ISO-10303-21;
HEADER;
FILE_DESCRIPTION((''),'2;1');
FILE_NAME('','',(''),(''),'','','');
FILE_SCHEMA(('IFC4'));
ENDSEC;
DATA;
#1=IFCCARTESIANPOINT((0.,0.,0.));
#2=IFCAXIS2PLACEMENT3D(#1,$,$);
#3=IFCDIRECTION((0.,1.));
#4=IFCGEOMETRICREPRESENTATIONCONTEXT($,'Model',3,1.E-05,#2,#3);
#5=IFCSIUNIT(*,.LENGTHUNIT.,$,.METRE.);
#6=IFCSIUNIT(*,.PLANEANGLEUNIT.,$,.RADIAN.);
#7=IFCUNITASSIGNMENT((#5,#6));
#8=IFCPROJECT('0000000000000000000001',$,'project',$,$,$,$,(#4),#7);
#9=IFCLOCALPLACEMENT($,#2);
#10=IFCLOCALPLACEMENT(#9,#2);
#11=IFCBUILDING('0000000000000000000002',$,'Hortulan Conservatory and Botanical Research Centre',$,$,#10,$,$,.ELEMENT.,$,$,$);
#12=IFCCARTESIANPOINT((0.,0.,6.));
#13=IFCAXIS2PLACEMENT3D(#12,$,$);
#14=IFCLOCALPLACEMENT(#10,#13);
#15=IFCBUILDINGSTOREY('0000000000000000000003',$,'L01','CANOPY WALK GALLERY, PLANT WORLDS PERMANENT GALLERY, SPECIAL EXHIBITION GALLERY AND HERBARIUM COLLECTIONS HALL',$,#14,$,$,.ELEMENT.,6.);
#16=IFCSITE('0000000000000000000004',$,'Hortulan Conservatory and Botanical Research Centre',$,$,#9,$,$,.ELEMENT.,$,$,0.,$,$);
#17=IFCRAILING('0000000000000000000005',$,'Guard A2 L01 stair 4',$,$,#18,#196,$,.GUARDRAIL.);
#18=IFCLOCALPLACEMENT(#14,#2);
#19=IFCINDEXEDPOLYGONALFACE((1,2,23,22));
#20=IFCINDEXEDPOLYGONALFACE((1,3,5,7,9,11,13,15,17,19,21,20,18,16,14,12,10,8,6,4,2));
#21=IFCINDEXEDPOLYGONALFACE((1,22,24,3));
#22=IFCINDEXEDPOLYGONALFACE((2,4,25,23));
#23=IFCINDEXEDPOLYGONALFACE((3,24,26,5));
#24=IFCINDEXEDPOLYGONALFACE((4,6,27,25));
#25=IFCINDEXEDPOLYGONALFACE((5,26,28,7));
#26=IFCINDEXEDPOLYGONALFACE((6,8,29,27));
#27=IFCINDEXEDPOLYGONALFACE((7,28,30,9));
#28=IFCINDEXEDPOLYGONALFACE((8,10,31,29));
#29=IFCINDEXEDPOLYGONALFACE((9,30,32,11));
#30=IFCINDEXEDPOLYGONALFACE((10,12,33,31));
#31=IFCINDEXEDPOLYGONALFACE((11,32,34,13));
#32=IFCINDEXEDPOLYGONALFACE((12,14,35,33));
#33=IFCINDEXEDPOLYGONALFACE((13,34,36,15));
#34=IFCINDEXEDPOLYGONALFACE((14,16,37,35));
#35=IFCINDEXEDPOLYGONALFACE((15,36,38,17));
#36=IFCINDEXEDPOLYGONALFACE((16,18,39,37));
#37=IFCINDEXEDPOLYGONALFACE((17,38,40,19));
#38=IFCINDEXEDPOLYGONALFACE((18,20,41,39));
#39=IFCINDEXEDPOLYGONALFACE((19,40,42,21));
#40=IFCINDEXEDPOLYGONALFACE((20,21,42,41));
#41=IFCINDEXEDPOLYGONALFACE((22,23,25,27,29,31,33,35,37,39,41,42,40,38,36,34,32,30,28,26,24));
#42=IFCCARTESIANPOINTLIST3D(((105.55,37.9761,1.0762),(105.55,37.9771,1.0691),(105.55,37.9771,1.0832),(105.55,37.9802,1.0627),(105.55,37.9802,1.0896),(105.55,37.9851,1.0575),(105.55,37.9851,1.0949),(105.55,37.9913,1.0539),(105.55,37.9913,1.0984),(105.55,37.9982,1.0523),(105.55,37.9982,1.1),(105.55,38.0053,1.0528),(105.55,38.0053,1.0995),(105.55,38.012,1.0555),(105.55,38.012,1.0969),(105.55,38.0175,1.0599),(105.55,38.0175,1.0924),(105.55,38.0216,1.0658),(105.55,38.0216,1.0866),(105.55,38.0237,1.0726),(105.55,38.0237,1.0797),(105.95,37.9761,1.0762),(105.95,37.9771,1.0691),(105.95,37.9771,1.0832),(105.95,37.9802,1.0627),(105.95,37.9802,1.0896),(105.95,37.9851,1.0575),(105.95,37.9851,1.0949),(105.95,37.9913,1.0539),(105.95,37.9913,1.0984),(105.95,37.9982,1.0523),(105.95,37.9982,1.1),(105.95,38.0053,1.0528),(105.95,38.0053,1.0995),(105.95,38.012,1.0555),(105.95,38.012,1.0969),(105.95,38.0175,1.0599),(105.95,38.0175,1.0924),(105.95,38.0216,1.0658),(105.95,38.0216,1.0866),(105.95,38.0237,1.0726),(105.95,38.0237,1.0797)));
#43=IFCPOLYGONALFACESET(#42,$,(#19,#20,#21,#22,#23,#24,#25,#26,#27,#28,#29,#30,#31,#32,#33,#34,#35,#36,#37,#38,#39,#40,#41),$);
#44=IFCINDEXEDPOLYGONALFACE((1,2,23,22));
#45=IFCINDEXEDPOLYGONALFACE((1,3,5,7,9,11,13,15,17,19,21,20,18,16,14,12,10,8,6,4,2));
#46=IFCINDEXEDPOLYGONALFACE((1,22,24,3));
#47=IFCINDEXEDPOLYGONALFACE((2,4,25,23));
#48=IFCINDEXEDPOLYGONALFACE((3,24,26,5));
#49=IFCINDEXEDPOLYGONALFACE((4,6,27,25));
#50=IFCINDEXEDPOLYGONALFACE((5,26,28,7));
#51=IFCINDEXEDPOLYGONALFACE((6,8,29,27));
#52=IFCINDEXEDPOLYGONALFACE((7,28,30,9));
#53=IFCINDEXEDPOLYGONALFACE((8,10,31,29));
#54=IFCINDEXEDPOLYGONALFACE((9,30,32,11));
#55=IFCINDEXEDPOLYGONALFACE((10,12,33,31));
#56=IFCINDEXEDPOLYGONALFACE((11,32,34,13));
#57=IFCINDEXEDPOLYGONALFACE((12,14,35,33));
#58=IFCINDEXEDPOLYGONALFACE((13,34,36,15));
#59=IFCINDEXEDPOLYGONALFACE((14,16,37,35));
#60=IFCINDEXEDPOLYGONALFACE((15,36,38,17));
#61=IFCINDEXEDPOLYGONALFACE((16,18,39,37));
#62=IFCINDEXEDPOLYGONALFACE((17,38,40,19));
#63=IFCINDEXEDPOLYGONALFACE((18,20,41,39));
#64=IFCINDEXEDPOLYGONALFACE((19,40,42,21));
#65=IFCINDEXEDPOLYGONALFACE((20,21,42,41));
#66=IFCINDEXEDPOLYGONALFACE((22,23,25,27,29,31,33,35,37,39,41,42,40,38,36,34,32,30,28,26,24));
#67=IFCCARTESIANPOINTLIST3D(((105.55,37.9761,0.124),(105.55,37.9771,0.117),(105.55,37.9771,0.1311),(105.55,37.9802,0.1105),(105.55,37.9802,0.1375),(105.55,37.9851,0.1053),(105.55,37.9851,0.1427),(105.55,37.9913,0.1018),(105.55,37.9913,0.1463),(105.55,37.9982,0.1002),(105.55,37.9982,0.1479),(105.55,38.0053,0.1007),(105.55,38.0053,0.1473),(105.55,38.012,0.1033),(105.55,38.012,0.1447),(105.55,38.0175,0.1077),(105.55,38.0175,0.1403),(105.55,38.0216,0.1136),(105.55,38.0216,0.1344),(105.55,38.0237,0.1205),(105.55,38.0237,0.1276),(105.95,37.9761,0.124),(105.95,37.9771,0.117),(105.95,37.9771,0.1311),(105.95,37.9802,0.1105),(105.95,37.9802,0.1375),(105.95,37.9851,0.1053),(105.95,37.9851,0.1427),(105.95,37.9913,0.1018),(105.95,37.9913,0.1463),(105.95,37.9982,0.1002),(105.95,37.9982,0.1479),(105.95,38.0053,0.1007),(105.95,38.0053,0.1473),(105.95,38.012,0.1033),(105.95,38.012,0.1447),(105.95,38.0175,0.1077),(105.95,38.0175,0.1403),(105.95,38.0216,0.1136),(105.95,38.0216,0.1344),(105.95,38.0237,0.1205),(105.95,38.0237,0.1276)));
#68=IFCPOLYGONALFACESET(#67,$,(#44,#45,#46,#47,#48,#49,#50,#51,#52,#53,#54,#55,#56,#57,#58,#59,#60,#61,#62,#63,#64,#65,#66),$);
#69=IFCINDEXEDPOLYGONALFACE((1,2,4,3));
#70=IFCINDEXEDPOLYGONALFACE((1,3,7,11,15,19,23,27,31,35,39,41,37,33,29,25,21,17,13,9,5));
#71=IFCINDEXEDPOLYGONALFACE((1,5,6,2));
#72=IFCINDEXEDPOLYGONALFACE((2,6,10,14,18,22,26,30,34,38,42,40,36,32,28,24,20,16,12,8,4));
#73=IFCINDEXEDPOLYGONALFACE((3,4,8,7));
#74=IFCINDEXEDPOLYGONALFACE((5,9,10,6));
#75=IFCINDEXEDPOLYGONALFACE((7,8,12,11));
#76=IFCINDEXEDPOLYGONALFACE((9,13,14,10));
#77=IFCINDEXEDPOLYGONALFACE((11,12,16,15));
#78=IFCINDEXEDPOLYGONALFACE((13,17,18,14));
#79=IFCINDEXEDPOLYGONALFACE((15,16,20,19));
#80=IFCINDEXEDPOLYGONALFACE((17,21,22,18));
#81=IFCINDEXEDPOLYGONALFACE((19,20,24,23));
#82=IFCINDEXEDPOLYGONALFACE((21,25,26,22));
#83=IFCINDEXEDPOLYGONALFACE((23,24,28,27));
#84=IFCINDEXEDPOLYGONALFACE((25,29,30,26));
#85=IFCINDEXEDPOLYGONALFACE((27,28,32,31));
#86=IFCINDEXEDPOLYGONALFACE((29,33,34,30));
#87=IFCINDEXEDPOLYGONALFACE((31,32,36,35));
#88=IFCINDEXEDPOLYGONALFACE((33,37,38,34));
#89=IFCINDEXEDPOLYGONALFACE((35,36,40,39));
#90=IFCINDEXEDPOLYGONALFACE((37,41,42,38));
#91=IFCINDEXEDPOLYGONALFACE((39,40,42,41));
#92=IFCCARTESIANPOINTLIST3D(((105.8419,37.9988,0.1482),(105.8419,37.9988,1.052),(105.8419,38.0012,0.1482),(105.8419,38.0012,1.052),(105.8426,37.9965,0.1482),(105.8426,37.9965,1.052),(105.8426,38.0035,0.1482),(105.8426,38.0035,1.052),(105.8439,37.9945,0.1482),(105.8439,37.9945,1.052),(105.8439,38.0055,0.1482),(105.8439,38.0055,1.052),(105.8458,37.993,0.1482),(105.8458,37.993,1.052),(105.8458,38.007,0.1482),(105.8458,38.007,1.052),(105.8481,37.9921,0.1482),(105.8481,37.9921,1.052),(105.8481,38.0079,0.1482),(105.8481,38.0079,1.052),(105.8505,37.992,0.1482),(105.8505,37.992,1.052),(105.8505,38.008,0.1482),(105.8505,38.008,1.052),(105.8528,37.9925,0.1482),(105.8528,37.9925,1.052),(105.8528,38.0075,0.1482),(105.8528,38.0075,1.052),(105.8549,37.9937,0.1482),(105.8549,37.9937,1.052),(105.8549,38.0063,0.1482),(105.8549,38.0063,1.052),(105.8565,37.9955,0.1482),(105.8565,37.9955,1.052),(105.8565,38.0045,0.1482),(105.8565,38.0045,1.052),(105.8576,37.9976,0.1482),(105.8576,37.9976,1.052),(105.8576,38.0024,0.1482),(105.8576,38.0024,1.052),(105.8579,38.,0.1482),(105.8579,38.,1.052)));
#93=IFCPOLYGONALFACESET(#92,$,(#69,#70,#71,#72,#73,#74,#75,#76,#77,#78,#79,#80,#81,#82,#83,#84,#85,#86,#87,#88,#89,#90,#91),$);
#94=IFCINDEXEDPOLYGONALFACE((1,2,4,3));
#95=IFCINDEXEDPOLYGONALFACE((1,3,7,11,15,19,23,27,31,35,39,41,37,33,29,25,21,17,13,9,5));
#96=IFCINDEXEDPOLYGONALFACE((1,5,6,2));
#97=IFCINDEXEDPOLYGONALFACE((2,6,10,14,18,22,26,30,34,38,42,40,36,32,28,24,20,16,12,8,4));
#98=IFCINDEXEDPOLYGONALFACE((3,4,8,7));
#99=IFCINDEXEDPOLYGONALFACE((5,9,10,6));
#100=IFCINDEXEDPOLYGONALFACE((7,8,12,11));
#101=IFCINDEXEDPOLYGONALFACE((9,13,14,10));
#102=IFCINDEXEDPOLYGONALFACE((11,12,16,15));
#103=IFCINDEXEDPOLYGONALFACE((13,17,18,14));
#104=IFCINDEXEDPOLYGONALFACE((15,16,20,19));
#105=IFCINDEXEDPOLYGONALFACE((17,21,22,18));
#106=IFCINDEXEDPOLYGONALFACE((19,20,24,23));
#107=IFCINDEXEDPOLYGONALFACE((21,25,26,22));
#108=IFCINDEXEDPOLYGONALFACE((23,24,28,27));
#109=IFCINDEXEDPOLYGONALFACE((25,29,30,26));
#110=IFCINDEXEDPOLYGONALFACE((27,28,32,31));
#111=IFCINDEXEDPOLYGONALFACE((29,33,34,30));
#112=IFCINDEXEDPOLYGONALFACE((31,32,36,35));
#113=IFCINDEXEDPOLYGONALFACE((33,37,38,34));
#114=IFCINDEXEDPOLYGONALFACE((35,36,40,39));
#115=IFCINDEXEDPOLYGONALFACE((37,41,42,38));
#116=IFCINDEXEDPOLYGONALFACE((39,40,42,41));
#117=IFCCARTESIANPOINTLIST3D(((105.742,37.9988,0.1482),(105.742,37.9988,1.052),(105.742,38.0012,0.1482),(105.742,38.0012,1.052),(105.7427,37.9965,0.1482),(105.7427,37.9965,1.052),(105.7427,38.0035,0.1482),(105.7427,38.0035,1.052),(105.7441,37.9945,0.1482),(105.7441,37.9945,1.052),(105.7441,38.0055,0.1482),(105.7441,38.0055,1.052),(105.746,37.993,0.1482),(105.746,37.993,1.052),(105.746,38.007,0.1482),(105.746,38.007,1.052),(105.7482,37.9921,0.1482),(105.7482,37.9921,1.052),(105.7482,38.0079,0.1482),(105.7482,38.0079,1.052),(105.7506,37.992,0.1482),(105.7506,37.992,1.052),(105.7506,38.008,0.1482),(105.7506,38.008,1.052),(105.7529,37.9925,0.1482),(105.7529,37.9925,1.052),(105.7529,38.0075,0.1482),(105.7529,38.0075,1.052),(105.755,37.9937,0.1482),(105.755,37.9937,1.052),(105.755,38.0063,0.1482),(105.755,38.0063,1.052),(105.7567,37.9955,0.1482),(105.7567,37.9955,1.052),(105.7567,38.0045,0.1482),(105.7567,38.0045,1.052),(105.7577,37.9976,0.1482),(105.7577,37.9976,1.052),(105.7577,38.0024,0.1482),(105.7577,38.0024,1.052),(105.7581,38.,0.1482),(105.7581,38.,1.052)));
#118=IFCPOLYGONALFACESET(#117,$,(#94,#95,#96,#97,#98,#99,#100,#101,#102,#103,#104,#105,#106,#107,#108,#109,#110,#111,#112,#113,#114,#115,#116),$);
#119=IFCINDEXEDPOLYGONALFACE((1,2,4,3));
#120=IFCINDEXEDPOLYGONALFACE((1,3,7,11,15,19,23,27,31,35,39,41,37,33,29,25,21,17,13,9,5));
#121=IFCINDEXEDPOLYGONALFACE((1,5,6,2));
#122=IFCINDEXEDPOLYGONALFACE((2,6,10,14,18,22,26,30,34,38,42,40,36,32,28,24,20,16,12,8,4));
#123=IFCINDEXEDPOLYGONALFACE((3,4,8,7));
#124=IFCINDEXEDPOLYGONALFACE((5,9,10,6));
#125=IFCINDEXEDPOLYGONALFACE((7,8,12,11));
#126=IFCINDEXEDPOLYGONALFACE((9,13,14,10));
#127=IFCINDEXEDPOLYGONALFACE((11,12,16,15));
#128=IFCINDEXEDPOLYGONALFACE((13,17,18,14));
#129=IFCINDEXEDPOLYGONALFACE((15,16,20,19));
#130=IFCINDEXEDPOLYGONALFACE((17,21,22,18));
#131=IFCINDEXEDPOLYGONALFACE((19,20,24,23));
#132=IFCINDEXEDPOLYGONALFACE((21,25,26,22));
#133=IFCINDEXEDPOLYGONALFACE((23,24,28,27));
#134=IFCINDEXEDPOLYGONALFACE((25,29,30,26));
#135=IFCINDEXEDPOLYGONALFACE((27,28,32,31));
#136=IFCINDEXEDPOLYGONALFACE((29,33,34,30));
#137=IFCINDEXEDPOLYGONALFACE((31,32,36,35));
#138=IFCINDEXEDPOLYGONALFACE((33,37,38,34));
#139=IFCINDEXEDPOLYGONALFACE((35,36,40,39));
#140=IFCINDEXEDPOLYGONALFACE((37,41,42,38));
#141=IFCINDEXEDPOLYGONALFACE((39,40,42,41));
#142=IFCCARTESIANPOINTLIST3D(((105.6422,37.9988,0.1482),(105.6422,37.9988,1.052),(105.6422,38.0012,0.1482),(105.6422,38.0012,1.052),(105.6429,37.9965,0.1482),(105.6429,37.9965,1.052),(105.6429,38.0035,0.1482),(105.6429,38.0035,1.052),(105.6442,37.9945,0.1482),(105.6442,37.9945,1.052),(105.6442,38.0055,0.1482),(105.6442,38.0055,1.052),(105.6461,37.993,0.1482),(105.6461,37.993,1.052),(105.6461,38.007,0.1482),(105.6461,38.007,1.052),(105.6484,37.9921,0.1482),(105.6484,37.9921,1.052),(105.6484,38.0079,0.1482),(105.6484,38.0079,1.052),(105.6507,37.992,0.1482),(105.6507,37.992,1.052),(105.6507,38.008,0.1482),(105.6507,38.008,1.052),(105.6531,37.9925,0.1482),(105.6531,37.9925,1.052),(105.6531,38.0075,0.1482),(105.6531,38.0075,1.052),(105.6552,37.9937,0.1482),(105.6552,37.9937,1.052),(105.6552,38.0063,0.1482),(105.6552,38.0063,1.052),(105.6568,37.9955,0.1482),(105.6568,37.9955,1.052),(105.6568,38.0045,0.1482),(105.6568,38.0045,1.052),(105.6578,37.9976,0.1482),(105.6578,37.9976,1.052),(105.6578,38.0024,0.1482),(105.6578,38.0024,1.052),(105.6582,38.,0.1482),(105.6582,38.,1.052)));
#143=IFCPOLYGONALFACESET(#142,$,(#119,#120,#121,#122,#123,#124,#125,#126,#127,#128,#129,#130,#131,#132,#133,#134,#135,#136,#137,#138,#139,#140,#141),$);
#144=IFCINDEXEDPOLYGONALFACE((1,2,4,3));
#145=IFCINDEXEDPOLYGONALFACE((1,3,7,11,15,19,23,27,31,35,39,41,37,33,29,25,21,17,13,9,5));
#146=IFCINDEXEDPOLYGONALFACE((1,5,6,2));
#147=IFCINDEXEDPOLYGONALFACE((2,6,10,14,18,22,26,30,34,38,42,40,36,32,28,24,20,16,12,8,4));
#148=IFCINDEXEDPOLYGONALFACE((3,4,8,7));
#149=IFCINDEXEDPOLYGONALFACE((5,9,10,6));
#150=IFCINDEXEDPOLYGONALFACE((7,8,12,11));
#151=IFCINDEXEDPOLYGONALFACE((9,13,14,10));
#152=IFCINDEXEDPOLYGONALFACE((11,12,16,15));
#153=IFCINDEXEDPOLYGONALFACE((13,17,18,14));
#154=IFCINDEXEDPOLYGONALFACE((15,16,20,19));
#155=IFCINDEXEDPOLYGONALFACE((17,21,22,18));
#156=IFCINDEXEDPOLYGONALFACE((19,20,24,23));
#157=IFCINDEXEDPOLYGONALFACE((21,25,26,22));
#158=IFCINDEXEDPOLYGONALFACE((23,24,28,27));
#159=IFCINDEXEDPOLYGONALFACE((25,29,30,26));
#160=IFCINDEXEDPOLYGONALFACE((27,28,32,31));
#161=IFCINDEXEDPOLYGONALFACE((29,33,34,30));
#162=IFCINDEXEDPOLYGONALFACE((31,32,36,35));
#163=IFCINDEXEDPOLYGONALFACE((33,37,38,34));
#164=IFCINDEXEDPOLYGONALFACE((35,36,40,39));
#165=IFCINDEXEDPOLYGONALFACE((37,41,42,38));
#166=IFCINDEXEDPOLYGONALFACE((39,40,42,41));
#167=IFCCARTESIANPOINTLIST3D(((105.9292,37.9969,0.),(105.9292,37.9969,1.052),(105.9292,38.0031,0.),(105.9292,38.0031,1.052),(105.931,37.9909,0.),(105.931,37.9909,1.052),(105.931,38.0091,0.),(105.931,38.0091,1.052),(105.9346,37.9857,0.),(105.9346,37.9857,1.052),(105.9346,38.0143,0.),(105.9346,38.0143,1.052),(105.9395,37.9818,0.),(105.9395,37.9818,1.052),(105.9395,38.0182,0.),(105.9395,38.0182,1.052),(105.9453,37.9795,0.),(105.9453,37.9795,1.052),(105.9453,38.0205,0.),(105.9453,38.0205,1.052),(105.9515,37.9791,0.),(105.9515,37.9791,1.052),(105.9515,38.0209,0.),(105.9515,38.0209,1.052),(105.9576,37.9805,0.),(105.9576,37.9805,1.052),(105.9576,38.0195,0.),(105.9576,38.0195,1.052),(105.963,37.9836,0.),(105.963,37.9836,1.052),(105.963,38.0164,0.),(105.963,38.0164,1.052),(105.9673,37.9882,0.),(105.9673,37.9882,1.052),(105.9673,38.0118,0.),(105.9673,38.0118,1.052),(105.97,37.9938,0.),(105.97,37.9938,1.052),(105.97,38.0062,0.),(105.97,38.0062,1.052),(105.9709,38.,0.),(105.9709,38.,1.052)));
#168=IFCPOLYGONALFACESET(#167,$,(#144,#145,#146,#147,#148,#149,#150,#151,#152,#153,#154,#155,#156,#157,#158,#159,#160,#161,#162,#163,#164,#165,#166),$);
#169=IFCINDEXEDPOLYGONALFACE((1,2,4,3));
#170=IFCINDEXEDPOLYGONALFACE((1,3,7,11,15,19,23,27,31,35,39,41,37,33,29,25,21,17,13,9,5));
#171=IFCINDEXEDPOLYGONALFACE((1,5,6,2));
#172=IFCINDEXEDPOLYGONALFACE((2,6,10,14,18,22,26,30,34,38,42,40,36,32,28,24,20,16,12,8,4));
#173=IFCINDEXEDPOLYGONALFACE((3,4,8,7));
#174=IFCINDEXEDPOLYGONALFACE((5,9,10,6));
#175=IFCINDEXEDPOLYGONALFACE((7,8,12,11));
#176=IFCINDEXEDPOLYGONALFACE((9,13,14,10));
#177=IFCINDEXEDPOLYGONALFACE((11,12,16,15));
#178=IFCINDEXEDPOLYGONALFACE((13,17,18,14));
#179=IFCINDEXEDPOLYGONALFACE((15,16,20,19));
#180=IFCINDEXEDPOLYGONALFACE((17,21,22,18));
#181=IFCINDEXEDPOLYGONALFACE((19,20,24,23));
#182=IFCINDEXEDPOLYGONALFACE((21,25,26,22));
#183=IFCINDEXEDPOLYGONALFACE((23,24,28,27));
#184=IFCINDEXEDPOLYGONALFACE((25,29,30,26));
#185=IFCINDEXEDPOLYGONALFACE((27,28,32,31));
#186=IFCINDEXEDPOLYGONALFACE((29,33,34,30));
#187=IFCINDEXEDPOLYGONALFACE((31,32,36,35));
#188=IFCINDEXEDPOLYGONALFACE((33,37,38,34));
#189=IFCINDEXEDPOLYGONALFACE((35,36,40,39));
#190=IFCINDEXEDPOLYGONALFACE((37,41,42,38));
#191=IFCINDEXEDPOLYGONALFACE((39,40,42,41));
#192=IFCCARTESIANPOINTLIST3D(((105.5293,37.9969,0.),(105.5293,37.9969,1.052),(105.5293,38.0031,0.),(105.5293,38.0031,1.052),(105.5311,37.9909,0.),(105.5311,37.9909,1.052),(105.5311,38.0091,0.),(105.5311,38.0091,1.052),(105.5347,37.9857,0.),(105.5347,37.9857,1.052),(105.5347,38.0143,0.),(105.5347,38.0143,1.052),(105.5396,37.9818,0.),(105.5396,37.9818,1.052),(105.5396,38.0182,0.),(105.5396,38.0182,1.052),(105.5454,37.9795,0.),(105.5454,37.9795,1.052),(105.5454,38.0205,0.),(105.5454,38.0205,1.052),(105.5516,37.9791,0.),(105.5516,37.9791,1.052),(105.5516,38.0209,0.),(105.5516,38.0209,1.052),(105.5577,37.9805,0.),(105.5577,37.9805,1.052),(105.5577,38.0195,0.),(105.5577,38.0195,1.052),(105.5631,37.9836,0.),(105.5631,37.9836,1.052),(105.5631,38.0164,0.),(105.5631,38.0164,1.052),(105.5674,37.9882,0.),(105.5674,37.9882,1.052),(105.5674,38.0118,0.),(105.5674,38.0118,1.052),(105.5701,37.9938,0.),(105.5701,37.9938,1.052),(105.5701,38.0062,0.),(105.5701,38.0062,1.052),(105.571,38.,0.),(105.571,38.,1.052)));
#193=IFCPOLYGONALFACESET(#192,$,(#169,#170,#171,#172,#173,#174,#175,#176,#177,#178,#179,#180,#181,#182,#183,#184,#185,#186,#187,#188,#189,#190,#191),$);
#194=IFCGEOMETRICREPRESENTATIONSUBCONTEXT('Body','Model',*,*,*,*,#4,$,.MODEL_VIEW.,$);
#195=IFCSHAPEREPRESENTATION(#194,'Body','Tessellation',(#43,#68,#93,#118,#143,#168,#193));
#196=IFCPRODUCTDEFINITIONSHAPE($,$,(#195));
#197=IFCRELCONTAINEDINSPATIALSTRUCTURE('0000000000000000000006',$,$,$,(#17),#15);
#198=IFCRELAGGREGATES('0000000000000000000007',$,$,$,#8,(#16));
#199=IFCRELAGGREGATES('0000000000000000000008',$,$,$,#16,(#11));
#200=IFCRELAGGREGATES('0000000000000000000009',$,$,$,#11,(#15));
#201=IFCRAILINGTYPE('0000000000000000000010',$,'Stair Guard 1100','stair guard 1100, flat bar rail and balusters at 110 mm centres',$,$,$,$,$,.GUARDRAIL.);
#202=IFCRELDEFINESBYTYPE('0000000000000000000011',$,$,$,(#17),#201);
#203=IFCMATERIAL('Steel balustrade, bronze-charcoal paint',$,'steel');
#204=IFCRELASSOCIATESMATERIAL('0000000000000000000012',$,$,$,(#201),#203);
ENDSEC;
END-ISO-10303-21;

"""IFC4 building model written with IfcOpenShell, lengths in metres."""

from ifc_helpers import new_model, si_unit, direction, frame, origin, origin_2d, place, context, subcontext, project, spatial, circle, extrude, material, type_object, element, save


model = new_model("IFC4")

# Units and contexts
model_context = context("Model", 3, precision=1e-05, world=origin(), true_north=direction((0.0, 1.0)))
body_context = subcontext(model_context, "Body", "Model", "MODEL_VIEW")
ifc_project = project(units=[si_unit("LENGTHUNIT", "METRE"), si_unit("PLANEANGLEUNIT", "RADIAN")], contexts=[model_context])

# Site, building, storey
site_placement = place(None, origin())
site = spatial("IfcSite", under=ifc_project, at=site_placement, Name="Hortulan Conservatory and Botanical Research Centre", CompositionType="ELEMENT", RefElevation=0.0)
building_placement = place(site_placement, origin())
building = spatial("IfcBuilding", under=site, at=building_placement, Name="Hortulan Conservatory and Botanical Research Centre", CompositionType="ELEMENT")
storey_placement = place(building_placement, frame((0.0, 0.0, 6.0)))
storey = spatial("IfcBuildingStorey", under=building, at=storey_placement, Name="L01", Description="CANOPY WALK GALLERY, PLANT WORLDS PERMANENT GALLERY, SPECIAL EXHIBITION GALLERY AND HERBARIUM COLLECTIONS HALL", CompositionType="ELEMENT", Elevation=6.0)

# Railing
ifc_material_1 = material(Name="Steel balustrade, bronze-charcoal paint", Category="steel")
railing_type_1 = type_object("IfcRailingType", Name="Stair Guard 1100", Description="stair guard 1100, flat bar rail and balusters at 110 mm centres", PredefinedType="GUARDRAIL", material=ifc_material_1)
railing_1_placement = place(storey_placement, frame((105.95, 38.0, 0.0)))
element("IfcRailing", 1, at=railing_1_placement, inside=storey, type_object=railing_type_1, Name="Guard A2 L01 stair 4", PredefinedType="GUARDRAIL", context=body_context, shape_type="SweptSolid", body=[
    extrude(circle(Radius=0.0239, at=origin_2d()), frame((0.0, 0.0, 1.0762), z_axis=(-1.0, 0.0, 0.0), x_axis=(0.0, -1.0, 0.0)), (0.0, 0.0, 1.0), 0.3999),
    extrude(circle(Radius=0.0239, at=origin_2d()), frame((0.0, 0.0, 0.124), z_axis=(-1.0, 0.0, 0.0), x_axis=(0.0, -1.0, 0.0)), (0.0, 0.0, 1.0), 0.3999),
    extrude(circle(Radius=0.0081, at=origin_2d()), frame((-0.1001, 0.0, 0.1482)), (0.0, 0.0, 1.0), 0.9038),
    extrude(circle(Radius=0.0081, at=origin_2d()), frame((-0.2, 0.0, 0.1482)), (0.0, 0.0, 1.0), 0.9038),
    extrude(circle(Radius=0.0081, at=origin_2d()), frame((-0.2998, 0.0, 0.1482)), (0.0, 0.0, 1.0), 0.9038),
    extrude(circle(Radius=0.021, at=origin_2d()), origin(), (0.0, 0.0, 1.0), 1.052),
    extrude(circle(Radius=0.021, at=origin_2d()), frame((-0.3999, 0.0, 0.0)), (0.0, 0.0, 1.0), 1.052),
])

save(model, "model.ifc")
